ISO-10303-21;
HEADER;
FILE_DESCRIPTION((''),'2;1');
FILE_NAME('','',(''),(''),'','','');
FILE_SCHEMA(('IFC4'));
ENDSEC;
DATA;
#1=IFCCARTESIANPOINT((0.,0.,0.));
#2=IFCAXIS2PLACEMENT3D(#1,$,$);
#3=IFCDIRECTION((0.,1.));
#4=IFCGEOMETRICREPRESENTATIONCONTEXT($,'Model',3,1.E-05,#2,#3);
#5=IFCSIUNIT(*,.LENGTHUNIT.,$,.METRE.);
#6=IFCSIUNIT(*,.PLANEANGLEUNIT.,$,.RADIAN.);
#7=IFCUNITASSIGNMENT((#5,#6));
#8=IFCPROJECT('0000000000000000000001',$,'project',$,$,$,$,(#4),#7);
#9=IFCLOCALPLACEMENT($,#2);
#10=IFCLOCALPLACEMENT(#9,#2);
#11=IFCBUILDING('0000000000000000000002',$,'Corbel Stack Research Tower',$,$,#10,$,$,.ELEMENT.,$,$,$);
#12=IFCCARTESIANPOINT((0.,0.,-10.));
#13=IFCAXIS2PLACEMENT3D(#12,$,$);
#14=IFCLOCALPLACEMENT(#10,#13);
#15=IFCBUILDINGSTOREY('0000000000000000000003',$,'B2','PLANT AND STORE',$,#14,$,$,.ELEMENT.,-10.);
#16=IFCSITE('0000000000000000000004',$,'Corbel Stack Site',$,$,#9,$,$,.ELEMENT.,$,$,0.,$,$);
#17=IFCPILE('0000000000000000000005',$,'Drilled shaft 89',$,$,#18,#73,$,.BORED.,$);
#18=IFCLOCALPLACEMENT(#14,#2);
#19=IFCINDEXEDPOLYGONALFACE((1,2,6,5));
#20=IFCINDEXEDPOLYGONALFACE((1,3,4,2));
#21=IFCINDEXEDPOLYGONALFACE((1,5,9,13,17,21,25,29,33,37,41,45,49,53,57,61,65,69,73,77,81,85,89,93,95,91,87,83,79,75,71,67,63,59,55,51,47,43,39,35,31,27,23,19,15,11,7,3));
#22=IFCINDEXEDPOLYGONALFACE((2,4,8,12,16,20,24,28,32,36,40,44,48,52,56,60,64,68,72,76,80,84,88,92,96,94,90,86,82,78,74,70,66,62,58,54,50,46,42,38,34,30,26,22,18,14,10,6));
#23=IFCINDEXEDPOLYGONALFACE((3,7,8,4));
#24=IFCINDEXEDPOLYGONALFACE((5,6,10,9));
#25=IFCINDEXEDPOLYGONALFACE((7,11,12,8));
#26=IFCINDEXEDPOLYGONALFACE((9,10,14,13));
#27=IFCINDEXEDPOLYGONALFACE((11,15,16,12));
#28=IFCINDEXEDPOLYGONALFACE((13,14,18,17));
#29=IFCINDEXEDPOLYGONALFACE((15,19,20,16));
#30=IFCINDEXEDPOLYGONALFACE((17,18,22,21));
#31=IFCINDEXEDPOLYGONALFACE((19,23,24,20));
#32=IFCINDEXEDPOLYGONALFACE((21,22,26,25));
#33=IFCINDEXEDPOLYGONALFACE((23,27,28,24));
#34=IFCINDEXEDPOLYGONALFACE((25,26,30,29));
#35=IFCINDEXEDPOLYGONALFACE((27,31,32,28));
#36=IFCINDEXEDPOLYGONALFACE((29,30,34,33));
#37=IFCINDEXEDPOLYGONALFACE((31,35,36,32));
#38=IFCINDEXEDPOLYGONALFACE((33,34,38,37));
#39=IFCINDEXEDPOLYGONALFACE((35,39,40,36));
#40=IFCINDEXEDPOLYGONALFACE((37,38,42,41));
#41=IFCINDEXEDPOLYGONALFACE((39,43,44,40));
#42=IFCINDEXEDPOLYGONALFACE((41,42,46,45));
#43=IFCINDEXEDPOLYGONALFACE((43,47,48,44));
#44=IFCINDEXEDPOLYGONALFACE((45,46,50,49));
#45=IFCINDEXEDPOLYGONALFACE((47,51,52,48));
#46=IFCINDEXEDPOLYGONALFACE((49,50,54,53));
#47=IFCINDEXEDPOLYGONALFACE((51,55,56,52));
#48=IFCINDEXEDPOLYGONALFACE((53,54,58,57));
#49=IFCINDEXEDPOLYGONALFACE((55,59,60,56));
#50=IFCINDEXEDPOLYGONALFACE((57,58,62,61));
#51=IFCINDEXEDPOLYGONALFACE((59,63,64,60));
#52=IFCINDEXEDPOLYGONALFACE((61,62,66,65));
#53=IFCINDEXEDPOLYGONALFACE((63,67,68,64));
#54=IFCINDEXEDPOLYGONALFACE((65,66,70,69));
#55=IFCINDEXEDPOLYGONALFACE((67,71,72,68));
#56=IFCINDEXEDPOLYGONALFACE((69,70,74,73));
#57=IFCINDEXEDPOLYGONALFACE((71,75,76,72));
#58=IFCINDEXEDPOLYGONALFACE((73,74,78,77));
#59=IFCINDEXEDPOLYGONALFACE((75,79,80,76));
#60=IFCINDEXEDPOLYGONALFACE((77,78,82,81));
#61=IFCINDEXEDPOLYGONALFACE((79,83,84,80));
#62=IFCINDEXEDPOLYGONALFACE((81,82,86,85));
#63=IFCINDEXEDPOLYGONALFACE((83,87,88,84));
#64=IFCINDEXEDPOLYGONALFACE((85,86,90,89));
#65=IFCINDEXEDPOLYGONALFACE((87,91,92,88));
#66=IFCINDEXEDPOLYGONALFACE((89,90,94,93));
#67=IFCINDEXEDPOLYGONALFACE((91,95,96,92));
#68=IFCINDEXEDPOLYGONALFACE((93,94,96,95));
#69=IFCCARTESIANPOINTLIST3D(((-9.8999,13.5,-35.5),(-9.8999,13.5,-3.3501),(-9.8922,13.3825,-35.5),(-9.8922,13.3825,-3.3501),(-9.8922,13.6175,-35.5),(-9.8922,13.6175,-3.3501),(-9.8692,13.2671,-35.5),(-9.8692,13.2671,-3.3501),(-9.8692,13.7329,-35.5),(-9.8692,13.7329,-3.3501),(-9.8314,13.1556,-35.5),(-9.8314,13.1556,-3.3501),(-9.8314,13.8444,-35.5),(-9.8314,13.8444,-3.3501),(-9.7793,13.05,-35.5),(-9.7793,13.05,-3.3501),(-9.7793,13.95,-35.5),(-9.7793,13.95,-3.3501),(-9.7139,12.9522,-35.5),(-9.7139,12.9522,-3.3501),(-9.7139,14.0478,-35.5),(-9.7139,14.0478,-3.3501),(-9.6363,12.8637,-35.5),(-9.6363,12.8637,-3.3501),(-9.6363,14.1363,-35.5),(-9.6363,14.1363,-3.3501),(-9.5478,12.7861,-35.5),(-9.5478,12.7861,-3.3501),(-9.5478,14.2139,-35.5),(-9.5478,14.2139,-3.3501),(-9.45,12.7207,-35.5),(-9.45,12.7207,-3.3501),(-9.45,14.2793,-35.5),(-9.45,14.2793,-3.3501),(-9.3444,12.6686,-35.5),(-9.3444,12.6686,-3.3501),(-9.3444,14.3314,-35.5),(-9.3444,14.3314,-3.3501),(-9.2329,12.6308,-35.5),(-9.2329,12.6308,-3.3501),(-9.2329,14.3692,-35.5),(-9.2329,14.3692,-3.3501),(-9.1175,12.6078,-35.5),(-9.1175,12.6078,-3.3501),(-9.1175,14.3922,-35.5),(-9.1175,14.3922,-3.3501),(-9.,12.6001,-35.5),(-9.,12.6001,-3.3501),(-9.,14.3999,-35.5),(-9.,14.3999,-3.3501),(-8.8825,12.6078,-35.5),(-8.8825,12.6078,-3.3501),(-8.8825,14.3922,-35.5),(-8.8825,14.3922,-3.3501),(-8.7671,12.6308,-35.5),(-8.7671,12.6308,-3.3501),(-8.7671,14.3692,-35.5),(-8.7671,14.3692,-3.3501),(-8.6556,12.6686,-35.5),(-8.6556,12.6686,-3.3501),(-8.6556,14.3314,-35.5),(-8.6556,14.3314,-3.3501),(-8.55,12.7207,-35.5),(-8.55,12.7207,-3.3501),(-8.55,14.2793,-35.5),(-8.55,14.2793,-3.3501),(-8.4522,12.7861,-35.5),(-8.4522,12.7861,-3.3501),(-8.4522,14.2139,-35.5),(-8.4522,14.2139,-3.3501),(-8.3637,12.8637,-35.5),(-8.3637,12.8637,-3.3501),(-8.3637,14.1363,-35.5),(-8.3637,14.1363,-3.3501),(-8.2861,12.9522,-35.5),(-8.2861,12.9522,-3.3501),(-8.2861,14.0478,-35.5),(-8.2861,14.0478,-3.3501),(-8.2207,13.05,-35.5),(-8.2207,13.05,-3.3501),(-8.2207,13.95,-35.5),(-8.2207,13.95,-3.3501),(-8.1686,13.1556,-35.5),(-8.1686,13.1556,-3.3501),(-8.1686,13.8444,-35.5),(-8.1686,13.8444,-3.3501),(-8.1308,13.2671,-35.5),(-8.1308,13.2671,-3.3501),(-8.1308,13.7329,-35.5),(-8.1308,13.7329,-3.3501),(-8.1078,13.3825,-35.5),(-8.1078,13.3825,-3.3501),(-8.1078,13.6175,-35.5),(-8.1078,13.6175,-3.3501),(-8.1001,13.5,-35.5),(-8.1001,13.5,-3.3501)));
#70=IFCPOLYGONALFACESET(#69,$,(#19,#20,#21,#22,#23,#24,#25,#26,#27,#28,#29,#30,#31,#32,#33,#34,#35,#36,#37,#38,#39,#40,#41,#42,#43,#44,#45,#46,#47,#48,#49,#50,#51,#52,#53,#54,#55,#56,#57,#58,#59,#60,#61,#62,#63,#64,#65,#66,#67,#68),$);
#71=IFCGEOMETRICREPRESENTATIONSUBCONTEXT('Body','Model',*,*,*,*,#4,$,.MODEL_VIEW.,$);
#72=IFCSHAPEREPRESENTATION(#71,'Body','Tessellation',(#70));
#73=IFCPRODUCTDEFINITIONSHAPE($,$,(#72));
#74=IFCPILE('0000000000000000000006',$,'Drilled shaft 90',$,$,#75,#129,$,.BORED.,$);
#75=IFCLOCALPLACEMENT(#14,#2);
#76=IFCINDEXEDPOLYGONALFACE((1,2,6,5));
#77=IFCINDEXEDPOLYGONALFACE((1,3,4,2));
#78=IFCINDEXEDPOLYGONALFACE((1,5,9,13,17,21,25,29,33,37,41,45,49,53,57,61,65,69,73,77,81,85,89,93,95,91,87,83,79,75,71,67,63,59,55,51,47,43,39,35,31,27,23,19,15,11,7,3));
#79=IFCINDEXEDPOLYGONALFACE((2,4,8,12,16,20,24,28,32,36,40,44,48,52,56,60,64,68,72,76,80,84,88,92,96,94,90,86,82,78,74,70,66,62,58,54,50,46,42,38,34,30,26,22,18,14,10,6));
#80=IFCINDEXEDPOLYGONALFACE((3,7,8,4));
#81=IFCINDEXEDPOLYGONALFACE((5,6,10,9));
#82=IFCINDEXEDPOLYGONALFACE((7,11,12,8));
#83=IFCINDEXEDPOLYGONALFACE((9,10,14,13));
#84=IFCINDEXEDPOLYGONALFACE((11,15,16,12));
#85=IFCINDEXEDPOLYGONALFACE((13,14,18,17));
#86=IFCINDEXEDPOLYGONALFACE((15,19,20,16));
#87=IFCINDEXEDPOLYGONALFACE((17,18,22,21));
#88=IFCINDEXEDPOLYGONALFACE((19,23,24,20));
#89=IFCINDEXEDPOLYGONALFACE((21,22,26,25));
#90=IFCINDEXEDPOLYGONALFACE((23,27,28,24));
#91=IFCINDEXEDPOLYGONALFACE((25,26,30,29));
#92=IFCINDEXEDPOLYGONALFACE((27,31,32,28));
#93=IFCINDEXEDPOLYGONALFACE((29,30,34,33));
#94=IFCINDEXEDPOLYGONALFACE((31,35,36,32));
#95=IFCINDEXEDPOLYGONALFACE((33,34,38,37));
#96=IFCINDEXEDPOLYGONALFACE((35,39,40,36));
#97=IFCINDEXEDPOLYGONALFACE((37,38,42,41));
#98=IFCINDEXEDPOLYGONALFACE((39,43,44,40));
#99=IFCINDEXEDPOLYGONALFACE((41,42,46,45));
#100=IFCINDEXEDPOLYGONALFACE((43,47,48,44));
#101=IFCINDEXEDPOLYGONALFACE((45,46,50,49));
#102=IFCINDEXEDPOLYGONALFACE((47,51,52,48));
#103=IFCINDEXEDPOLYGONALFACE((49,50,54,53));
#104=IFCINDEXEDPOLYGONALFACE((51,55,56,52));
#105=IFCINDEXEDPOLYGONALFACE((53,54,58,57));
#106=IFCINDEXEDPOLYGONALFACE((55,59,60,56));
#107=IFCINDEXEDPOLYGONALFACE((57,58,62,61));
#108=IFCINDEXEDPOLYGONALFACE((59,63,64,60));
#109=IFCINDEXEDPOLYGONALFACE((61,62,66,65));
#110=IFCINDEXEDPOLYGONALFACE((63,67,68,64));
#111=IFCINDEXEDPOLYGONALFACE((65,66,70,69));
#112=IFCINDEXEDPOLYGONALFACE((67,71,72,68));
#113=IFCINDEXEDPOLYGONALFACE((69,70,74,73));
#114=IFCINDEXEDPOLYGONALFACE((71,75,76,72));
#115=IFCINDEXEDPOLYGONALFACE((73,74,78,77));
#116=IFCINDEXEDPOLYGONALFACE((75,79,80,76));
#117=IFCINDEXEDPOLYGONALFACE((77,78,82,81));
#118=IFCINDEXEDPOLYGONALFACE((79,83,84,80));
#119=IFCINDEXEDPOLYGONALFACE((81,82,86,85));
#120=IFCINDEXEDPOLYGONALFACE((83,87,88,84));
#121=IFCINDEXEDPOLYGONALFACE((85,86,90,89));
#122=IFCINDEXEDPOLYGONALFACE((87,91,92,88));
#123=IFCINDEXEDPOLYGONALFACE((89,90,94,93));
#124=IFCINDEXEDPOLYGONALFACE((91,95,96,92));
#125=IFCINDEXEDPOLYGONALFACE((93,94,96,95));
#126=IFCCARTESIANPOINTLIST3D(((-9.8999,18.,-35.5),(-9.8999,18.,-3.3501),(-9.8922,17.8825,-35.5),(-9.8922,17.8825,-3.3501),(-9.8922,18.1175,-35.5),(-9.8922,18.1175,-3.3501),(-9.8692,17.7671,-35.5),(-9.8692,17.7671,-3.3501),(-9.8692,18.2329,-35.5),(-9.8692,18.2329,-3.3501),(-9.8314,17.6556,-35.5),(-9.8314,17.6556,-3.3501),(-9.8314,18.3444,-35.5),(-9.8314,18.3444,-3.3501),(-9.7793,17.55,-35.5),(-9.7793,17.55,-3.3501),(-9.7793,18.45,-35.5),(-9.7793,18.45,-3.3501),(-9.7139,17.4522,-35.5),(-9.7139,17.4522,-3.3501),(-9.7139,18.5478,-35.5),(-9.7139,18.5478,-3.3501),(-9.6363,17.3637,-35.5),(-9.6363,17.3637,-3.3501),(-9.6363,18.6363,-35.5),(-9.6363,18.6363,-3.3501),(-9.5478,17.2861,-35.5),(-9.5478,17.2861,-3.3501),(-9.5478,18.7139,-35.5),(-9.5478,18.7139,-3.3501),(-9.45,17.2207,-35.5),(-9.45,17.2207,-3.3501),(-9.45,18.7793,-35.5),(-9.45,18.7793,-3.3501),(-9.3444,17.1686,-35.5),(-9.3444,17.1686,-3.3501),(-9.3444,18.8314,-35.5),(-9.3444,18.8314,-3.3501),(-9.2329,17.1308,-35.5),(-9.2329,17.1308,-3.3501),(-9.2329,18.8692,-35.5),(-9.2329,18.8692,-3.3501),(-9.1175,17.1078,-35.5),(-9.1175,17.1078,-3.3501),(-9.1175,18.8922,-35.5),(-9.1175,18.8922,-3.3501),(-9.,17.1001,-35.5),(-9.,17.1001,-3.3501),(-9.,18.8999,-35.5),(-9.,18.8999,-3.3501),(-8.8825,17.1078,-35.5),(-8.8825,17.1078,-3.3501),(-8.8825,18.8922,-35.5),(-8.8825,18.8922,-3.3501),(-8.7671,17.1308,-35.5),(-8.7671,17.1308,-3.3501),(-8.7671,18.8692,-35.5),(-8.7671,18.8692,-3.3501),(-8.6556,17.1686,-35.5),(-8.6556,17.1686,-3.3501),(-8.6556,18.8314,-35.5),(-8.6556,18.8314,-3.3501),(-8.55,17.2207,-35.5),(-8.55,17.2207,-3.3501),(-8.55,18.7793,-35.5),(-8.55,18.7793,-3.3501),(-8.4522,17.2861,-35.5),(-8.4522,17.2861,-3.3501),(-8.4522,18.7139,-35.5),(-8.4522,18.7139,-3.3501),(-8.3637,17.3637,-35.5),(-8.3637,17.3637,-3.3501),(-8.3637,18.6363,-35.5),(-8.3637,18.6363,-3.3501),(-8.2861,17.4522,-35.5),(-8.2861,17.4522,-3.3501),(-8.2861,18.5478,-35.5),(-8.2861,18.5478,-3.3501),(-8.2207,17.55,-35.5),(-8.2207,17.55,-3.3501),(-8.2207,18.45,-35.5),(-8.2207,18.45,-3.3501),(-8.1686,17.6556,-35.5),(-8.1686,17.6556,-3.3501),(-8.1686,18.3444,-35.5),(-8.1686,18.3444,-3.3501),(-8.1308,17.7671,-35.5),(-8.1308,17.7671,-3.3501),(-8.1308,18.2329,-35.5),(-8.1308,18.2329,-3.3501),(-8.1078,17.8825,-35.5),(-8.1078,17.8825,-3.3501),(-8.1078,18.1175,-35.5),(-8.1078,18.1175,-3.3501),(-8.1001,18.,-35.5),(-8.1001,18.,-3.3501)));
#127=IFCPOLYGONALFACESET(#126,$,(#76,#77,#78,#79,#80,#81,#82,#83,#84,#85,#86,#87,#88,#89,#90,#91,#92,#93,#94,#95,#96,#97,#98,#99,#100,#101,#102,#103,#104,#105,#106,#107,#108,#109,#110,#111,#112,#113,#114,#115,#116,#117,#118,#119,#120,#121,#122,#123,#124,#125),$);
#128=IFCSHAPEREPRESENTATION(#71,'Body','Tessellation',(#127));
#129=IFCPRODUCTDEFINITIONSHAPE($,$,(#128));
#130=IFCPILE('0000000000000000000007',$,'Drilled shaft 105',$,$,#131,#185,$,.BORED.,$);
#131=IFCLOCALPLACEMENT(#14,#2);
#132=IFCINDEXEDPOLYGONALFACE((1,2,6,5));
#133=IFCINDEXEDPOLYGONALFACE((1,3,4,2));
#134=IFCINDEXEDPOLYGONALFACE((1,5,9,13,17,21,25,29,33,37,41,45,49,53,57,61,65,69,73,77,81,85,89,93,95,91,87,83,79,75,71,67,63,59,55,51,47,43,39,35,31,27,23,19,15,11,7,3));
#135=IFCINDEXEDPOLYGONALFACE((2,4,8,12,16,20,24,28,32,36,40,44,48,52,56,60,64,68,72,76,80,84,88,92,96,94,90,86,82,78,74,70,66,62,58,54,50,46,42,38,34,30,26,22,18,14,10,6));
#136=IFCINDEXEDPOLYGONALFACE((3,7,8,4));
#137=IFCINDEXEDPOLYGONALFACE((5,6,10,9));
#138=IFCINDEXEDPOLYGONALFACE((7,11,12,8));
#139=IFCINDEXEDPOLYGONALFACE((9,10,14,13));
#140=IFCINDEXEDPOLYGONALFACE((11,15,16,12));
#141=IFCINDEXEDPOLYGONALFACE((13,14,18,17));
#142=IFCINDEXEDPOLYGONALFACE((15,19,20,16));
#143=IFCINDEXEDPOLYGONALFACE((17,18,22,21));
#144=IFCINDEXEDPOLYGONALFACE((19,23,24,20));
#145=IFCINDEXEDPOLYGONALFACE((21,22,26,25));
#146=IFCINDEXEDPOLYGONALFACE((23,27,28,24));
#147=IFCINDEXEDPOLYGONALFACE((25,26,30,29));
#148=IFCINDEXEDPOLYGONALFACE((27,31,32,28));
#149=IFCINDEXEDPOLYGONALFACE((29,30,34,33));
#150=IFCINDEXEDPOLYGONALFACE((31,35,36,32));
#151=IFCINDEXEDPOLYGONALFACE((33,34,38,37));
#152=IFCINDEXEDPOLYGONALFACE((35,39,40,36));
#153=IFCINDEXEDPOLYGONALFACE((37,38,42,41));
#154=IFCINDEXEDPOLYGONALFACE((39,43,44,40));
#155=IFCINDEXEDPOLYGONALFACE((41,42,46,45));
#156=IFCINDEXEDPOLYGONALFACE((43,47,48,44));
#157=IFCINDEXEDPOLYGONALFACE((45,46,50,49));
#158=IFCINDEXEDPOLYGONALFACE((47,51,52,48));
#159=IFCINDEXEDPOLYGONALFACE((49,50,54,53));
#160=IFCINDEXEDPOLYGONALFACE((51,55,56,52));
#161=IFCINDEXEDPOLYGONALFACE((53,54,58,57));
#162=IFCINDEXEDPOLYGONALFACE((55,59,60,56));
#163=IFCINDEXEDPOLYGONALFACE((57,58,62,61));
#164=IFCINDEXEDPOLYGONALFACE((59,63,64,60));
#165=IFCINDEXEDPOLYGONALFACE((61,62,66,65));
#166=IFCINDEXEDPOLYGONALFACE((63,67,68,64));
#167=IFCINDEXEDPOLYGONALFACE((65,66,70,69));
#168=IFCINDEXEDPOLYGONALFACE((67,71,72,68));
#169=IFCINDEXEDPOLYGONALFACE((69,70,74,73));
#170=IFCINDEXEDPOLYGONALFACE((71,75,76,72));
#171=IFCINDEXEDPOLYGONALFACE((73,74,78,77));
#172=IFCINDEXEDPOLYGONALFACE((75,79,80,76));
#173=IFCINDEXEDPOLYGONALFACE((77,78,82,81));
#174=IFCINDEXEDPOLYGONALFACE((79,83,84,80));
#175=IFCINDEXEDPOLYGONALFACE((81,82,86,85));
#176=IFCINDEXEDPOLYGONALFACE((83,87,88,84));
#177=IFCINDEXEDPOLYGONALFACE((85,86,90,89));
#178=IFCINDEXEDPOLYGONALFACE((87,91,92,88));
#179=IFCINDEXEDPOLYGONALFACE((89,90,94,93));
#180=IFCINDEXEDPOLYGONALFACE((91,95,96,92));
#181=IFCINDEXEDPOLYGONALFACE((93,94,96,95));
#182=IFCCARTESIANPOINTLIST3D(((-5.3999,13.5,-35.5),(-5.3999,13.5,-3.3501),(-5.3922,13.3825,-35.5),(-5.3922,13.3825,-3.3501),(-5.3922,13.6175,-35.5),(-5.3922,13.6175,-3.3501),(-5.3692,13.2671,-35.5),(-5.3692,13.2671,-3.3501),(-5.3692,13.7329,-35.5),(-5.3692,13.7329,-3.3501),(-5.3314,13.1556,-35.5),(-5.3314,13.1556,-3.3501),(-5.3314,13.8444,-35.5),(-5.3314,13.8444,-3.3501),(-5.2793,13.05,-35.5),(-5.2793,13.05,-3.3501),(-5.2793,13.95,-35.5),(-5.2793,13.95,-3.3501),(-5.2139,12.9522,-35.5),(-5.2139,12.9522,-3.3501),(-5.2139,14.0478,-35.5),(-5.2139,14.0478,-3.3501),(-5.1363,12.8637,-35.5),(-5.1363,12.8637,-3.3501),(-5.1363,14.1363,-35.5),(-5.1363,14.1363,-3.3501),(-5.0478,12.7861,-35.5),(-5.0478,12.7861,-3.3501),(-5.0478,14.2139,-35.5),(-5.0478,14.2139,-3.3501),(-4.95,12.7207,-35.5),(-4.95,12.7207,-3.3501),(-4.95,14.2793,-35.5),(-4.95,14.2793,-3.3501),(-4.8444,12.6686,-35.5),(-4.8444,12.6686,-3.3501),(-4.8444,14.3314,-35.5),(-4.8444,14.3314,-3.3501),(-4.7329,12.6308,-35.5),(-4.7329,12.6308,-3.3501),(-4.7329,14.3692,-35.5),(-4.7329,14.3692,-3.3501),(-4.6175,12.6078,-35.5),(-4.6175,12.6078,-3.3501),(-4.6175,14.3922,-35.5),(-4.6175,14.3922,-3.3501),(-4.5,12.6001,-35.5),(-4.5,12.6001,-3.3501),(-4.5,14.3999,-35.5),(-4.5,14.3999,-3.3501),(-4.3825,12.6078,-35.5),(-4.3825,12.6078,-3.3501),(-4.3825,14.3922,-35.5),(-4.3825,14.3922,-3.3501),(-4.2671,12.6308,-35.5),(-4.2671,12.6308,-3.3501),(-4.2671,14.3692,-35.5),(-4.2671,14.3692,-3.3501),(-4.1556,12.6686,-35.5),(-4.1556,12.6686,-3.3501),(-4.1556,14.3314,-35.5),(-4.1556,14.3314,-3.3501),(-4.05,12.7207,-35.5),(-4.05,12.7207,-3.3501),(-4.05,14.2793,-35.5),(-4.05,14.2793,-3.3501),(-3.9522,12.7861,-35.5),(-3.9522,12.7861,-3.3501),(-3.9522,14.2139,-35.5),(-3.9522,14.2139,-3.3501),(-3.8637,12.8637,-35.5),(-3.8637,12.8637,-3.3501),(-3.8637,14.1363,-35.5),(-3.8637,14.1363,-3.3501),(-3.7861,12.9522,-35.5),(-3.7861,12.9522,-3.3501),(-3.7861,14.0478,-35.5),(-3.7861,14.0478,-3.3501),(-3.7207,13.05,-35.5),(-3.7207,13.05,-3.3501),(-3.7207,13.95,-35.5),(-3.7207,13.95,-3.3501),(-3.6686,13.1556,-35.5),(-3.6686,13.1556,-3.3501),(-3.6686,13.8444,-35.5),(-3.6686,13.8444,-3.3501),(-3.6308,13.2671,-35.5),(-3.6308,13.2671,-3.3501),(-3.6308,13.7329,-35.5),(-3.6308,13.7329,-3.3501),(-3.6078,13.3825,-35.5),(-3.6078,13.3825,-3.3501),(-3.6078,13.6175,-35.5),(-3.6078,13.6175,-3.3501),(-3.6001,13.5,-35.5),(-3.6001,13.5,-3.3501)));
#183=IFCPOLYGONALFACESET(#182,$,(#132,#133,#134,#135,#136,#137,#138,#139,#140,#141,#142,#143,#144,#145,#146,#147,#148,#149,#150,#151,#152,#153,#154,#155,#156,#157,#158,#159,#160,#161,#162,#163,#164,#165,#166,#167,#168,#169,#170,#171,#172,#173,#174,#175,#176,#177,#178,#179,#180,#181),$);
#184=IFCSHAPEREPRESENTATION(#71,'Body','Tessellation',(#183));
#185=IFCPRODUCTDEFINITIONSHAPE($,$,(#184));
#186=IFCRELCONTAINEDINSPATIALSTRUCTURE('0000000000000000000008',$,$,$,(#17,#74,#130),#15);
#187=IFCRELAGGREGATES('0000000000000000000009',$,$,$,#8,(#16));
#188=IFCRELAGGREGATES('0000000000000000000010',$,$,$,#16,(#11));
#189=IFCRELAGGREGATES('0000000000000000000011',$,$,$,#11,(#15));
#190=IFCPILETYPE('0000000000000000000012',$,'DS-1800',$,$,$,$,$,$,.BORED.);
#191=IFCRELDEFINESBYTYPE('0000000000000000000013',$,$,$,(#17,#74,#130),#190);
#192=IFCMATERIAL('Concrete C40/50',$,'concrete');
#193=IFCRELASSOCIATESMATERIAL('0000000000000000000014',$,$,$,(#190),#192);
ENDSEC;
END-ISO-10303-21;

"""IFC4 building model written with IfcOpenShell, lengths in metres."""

from ifc_helpers import new_model, si_unit, direction, frame, origin, origin_2d, place, context, subcontext, project, spatial, circle, extrude, material, material_profile, profile_set, type_object, element, save


model = new_model("IFC4")

# Units and contexts
model_context = context("Model", 3, precision=1e-05, world=origin(), true_north=direction((0.0, 1.0)))
body_context = subcontext(model_context, "Body", "Model", "MODEL_VIEW")
ifc_project = project(units=[si_unit("LENGTHUNIT", "METRE"), si_unit("PLANEANGLEUNIT", "RADIAN")], contexts=[model_context])

# Site, building, storey
site_placement = place(None, origin())
site = spatial("IfcSite", under=ifc_project, at=site_placement, Name="Corbel Stack Site", CompositionType="ELEMENT", RefElevation=0.0)
building_placement = place(site_placement, origin())
building = spatial("IfcBuilding", under=site, at=building_placement, Name="Corbel Stack Research Tower", CompositionType="ELEMENT")
storey_placement = place(building_placement, frame((0.0, 0.0, -10.0)))
storey = spatial("IfcBuildingStorey", under=building, at=storey_placement, Name="B2", Description="PLANT AND STORE", CompositionType="ELEMENT", Elevation=-10.0)

# Piles
ifc_material_1 = material(Name="Concrete C40/50", Category="concrete")
ifc_material_profile = material_profile(ifc_material_1, circle(Radius=0.8999, at=origin_2d()), Name="Shaft 1800")
ifc_profile_set = profile_set([ifc_material_profile], Name="Concrete C40/50")
pile_type = type_object("IfcPileType", Name="DS-1800", PredefinedType="BORED", material=ifc_profile_set)
for number, where, z_axis, x_axis, name in (
    (1, (-9.0, 13.5, -3.3501), (0.0, 0.0, -1.0), (1.0, 0.0, 0.0), "Drilled shaft 89"),
    (2, (-9.0, 18.0, -3.3501), (0.0, 0.0, -1.0), (1.0, 0.0, 0.0), "Drilled shaft 90"),
    (3, (-4.5, 13.5, -3.3501), (0.0, 0.0, -1.0), (1.0, 0.0, 0.0), "Drilled shaft 105"),
):
    element("IfcPile", number, at=place(storey_placement, frame(where, z_axis=z_axis, x_axis=x_axis)), inside=storey, type_object=pile_type, Name=name, PredefinedType="BORED", context=body_context, shape_type="SweptSolid", body=[
        extrude(circle(Radius=0.8999, at=origin_2d()), origin(), (0.0, 0.0, 1.0), 32.1499),
    ])

save(model, "model.ifc")
